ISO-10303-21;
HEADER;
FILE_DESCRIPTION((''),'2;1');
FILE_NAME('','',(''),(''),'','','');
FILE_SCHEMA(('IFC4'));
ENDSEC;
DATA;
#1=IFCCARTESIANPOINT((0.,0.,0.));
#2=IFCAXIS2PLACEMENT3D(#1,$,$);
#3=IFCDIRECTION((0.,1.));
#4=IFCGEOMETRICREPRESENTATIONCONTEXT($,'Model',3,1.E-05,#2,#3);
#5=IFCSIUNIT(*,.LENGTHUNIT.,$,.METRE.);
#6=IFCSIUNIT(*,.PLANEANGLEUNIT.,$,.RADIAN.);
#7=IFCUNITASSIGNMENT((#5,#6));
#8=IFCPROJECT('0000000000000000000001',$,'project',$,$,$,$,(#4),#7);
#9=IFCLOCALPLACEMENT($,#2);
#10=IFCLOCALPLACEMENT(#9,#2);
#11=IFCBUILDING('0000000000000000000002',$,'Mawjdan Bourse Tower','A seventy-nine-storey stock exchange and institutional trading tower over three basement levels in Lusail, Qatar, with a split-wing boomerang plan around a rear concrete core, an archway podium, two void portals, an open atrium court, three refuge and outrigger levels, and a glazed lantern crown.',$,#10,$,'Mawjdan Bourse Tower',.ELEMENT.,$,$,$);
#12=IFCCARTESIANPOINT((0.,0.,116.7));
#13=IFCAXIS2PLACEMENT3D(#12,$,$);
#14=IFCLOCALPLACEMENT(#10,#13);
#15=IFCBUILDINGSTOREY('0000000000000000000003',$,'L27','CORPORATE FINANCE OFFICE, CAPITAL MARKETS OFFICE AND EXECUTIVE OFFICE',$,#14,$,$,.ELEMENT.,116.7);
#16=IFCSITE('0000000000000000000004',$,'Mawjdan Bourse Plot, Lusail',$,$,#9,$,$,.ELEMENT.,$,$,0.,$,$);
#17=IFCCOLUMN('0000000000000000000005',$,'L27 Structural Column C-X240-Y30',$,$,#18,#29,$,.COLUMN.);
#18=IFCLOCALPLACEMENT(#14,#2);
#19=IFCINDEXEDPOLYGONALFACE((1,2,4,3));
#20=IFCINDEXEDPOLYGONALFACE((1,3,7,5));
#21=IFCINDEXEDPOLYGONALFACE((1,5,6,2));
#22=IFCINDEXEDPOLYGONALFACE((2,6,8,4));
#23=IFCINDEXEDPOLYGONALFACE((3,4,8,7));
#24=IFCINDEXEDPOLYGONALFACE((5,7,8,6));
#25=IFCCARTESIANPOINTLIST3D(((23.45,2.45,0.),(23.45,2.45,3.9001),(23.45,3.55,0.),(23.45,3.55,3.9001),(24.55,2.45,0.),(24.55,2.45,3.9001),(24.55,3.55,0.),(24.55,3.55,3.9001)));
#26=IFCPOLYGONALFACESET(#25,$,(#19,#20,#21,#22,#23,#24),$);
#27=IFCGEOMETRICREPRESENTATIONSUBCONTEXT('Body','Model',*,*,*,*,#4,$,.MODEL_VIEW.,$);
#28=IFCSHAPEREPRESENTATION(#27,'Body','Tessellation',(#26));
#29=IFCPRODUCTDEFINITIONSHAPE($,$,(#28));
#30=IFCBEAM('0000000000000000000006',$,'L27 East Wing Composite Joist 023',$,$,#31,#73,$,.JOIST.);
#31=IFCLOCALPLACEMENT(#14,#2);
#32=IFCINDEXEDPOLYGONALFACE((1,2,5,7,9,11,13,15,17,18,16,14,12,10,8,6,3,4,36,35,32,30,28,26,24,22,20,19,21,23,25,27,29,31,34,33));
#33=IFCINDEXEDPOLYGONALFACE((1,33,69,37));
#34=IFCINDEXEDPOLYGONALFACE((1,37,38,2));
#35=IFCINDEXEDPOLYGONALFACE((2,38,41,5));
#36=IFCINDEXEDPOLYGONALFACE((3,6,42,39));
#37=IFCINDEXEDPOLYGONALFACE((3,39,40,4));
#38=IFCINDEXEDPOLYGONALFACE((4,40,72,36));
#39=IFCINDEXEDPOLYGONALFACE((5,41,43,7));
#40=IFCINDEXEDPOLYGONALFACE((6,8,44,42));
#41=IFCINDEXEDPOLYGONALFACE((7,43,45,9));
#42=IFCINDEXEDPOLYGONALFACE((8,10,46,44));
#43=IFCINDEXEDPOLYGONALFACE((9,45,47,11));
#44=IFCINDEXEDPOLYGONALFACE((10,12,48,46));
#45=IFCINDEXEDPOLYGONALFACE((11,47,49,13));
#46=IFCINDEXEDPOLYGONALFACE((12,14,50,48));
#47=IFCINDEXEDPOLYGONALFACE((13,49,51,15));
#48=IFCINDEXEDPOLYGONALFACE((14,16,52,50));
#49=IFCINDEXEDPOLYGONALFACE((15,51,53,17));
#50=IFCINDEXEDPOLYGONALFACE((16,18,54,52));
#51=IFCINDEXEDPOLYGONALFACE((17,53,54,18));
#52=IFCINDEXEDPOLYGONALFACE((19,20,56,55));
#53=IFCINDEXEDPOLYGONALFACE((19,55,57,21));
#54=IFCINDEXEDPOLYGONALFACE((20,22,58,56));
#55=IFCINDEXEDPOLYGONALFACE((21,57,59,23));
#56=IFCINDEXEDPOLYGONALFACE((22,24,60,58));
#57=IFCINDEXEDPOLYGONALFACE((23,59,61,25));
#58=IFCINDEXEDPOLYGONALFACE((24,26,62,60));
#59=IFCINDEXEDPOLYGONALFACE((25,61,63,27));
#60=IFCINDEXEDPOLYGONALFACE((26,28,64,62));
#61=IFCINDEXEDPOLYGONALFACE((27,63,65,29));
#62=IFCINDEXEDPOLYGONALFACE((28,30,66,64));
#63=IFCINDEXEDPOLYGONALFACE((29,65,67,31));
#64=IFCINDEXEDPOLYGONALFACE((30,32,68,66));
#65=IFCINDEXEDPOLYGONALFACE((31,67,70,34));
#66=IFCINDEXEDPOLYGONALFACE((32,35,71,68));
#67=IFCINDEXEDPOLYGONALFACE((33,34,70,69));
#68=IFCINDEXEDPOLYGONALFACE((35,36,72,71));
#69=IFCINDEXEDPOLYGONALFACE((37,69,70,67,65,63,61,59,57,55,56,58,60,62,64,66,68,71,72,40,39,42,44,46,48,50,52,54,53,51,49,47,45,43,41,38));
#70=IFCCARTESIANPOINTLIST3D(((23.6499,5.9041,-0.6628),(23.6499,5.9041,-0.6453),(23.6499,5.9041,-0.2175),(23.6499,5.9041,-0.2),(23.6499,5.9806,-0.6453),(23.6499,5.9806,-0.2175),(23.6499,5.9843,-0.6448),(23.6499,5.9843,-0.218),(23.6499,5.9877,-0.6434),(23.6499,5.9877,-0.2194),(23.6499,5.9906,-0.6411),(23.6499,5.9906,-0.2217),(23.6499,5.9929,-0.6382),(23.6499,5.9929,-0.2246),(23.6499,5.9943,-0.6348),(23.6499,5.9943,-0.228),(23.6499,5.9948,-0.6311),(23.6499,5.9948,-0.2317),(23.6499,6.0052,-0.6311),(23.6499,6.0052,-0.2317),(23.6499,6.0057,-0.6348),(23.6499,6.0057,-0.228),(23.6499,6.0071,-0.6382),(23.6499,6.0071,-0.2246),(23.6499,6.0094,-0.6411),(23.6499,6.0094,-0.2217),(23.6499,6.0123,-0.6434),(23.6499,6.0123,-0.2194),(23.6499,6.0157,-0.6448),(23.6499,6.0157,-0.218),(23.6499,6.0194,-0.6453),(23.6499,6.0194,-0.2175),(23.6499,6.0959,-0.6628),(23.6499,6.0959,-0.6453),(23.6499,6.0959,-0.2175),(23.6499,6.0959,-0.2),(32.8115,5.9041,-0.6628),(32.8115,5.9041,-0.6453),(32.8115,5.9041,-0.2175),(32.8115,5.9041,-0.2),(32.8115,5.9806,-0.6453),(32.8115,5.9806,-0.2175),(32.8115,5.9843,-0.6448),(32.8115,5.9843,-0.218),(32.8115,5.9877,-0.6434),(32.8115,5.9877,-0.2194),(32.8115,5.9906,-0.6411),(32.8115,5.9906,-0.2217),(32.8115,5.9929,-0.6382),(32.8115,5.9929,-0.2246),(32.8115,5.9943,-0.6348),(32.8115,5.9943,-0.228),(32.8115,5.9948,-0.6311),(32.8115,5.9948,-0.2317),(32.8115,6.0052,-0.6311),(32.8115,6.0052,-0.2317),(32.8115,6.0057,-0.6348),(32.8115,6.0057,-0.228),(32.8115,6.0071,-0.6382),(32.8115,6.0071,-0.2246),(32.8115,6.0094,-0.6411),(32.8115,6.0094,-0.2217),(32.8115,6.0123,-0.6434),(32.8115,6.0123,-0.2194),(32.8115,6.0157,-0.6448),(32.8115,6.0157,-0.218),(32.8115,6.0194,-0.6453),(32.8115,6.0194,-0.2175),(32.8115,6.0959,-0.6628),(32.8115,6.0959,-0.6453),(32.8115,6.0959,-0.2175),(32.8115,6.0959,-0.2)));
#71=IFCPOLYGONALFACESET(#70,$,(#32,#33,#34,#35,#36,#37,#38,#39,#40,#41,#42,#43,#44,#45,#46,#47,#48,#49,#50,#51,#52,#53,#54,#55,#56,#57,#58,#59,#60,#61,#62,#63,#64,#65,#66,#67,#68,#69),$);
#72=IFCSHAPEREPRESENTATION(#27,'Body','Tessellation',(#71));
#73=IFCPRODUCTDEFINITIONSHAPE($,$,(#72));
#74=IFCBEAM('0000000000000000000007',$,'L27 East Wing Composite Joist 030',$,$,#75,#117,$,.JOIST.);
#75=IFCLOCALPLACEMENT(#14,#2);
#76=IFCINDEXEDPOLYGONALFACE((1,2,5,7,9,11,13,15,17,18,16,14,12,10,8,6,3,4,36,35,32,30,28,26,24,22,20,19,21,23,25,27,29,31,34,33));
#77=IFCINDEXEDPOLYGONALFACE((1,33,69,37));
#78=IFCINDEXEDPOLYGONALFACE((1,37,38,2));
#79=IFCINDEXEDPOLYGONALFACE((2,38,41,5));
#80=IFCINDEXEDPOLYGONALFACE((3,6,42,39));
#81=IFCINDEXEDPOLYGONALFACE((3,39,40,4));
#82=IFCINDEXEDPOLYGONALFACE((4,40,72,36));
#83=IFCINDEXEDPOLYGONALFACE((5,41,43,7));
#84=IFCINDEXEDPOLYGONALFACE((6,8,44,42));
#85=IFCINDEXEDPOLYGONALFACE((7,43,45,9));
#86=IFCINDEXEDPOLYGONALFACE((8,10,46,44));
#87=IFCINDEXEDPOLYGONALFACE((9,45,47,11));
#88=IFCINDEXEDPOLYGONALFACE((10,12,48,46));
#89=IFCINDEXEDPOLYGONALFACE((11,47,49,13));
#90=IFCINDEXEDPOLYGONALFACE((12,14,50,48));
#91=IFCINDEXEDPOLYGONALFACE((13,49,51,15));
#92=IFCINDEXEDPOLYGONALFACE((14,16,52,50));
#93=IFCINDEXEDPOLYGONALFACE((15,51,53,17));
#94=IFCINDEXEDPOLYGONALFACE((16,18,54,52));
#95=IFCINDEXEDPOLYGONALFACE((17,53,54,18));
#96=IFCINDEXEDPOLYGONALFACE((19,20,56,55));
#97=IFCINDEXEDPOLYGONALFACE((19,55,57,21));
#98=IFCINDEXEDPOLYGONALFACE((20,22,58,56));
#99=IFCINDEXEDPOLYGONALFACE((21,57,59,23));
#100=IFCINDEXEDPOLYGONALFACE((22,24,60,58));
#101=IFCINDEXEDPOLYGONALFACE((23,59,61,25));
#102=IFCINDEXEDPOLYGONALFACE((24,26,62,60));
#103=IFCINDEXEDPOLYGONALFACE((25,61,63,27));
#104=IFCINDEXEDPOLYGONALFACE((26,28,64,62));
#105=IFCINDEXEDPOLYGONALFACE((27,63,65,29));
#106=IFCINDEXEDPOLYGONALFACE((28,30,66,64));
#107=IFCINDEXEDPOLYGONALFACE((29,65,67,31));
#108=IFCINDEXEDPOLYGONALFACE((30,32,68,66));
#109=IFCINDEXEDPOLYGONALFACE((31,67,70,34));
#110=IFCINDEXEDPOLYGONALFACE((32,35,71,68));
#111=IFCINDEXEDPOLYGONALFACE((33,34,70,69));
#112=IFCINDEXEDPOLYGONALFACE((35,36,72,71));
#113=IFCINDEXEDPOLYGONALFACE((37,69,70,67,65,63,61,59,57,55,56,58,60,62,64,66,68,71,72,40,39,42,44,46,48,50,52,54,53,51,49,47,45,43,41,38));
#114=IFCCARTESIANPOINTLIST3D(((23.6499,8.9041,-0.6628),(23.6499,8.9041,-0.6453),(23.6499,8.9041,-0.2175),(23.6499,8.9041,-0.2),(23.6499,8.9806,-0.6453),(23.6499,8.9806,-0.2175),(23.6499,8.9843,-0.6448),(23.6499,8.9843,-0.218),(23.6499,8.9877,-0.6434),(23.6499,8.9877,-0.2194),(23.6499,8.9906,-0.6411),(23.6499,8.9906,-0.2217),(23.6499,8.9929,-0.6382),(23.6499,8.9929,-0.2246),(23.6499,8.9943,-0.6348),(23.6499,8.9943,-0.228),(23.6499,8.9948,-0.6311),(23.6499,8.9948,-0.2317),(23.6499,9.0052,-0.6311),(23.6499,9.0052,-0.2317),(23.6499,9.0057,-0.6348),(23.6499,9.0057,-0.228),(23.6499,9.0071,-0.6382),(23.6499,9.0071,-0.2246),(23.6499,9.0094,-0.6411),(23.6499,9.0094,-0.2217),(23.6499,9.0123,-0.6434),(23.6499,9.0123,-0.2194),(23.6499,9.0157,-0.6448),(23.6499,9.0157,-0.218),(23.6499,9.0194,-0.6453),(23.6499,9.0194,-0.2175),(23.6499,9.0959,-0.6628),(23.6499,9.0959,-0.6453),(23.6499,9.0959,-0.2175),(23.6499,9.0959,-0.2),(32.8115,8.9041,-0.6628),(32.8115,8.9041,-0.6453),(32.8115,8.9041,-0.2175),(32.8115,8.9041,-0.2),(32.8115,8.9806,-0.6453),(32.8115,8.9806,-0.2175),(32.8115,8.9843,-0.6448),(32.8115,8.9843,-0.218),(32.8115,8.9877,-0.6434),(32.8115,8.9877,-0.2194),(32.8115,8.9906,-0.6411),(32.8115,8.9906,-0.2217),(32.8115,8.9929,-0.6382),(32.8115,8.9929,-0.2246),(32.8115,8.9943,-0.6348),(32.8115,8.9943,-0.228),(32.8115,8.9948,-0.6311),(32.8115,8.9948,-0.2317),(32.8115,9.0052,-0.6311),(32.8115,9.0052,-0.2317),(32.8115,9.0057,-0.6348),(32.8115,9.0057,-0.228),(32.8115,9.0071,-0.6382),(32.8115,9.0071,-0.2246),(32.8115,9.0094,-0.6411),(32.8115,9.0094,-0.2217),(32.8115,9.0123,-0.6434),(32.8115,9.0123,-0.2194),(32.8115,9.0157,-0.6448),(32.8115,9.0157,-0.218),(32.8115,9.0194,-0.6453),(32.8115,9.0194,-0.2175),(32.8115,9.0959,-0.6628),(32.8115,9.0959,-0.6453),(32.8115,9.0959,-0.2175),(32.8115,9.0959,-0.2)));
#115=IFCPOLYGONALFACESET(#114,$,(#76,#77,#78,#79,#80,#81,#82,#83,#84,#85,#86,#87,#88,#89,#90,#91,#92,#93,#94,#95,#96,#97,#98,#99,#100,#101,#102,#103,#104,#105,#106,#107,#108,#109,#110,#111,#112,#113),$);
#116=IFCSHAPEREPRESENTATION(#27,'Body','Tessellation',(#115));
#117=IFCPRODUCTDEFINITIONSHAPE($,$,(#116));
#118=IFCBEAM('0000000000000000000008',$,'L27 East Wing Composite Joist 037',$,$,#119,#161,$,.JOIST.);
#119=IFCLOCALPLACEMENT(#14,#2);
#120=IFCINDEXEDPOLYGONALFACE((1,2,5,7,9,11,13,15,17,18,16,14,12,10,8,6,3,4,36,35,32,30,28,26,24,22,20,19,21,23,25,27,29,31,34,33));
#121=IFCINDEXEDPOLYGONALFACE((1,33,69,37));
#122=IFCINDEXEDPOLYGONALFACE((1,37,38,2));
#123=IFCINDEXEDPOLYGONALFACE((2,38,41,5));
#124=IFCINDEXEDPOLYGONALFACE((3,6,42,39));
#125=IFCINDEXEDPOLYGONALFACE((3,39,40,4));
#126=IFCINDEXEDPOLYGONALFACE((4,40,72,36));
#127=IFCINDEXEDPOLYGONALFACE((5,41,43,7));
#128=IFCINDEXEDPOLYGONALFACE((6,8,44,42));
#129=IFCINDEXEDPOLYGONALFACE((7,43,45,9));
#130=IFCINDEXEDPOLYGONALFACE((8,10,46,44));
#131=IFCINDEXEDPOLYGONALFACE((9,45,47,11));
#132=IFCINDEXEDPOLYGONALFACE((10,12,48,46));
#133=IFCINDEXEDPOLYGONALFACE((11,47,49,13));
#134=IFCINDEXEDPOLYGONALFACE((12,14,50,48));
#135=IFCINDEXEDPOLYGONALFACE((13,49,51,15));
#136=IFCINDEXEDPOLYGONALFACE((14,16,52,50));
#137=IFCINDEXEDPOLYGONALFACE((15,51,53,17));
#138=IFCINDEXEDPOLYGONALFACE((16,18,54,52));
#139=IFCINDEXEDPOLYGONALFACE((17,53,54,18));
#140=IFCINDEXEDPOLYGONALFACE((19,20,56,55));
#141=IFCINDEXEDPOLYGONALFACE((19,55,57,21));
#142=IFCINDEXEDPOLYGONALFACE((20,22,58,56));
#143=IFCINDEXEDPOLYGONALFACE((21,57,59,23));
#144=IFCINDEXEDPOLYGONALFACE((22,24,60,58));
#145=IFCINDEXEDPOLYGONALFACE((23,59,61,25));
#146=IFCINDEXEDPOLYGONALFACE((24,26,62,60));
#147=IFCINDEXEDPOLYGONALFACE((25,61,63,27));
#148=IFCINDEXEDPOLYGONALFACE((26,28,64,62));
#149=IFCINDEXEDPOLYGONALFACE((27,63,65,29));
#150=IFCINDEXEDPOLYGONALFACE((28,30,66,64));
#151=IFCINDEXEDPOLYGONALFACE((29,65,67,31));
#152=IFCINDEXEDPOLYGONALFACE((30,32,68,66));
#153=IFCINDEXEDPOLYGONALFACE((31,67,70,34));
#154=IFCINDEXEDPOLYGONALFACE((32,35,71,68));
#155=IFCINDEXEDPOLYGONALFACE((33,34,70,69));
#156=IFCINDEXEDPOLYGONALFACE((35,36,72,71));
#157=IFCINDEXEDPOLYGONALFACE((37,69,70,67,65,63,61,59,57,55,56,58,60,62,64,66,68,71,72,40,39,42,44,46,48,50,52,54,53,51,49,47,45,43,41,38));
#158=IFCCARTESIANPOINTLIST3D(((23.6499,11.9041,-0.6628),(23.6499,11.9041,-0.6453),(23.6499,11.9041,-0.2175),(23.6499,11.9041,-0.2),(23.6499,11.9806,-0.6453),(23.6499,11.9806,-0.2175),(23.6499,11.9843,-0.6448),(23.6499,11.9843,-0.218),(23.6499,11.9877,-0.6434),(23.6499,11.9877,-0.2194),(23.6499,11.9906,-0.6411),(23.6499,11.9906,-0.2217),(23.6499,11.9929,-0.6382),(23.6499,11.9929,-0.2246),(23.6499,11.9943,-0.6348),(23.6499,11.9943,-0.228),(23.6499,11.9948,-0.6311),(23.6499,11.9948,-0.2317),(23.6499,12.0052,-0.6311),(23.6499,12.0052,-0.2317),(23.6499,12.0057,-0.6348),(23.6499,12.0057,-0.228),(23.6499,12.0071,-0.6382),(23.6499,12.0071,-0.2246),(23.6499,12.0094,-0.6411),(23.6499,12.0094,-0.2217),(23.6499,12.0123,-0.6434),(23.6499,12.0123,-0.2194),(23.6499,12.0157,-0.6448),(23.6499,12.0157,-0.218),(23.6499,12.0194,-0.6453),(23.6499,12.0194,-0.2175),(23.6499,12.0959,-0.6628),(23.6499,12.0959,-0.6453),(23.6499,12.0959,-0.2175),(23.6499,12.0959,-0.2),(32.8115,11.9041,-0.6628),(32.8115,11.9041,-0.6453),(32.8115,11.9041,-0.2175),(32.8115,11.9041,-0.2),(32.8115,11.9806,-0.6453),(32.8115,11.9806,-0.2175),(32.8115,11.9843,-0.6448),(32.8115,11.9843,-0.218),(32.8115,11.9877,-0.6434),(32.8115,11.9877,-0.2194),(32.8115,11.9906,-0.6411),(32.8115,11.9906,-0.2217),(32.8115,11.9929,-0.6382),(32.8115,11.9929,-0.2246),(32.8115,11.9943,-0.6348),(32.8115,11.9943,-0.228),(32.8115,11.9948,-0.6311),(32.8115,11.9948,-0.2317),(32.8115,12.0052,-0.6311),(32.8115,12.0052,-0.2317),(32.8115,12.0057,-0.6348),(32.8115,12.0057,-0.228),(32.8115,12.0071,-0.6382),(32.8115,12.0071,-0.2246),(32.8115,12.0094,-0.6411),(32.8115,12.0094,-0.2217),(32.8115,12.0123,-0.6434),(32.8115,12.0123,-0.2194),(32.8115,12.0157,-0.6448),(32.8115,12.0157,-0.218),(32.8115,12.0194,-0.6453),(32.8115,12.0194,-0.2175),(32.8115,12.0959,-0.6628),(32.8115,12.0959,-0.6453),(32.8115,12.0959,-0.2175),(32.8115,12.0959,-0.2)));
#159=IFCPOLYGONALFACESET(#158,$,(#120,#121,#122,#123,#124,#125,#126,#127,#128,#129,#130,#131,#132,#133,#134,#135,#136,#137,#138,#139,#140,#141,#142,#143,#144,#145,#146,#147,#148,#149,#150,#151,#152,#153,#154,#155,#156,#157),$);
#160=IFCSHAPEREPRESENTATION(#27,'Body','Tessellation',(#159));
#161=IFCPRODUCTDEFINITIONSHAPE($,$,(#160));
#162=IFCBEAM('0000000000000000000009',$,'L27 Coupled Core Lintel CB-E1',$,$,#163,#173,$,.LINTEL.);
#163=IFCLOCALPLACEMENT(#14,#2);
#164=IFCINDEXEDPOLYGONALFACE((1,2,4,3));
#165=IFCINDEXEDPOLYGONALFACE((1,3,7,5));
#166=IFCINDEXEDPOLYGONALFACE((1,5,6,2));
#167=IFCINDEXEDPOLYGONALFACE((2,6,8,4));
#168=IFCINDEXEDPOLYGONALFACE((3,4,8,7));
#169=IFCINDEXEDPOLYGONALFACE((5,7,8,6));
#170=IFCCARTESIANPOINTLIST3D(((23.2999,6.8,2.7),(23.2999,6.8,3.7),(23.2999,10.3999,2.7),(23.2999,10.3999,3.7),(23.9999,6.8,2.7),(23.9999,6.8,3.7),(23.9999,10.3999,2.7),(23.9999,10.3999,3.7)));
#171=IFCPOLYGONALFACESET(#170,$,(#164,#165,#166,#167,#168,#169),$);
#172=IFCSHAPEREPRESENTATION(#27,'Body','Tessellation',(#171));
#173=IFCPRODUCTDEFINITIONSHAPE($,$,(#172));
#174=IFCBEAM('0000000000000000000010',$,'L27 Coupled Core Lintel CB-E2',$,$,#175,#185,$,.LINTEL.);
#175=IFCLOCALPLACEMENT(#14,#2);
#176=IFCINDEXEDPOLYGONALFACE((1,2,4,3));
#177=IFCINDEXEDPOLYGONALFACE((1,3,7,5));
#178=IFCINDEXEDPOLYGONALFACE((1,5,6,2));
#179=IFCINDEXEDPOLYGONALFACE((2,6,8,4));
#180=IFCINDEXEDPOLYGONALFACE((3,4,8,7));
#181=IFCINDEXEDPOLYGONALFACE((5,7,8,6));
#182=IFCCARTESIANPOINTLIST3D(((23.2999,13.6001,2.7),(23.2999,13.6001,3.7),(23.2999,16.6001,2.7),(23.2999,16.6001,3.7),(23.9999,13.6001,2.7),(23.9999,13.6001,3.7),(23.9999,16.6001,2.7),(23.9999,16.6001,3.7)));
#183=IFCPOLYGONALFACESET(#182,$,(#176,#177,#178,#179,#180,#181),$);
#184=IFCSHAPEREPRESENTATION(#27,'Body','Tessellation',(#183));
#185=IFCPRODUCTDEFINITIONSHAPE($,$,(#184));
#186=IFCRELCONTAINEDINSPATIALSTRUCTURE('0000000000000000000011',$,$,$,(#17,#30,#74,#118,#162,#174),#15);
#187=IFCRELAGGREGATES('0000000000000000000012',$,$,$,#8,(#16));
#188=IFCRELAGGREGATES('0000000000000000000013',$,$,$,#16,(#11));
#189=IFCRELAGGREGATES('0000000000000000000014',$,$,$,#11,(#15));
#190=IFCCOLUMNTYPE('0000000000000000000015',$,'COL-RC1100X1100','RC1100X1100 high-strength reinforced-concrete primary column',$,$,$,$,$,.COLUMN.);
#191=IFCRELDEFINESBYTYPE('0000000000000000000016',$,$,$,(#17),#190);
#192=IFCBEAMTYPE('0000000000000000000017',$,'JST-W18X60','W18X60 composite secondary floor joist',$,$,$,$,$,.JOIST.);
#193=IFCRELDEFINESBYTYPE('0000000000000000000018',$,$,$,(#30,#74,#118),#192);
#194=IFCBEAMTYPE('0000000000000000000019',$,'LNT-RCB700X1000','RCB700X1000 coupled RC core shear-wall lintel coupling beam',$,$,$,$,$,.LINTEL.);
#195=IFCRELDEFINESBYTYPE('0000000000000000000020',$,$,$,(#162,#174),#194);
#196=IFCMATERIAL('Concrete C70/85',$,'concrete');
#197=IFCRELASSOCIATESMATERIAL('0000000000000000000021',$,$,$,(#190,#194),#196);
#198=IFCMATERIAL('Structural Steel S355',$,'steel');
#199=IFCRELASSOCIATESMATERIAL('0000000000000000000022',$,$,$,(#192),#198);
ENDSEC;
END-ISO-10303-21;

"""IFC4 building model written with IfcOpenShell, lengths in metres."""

from ifc_helpers import new_model, si_unit, direction, frame, origin, origin_2d, place, context, subcontext, project, spatial, rectangle, i_section, extrude, material, material_profile, profile_set, type_object, element, save


model = new_model("IFC4")

# Units and contexts
model_context = context("Model", 3, precision=1e-05, world=origin(), true_north=direction((0.0, 1.0)))
body_context = subcontext(model_context, "Body", "Model", "MODEL_VIEW")
ifc_project = project(units=[si_unit("LENGTHUNIT", "METRE"), si_unit("PLANEANGLEUNIT", "RADIAN")], contexts=[model_context])

# Site, building, storey
site_placement = place(None, origin())
site = spatial("IfcSite", under=ifc_project, at=site_placement, Name="Mawjdan Bourse Plot, Lusail", CompositionType="ELEMENT", RefElevation=0.0)
building_placement = place(site_placement, origin())
building = spatial("IfcBuilding", under=site, at=building_placement, Name="Mawjdan Bourse Tower", Description="A seventy-nine-storey stock exchange and institutional trading tower over three basement levels in Lusail, Qatar, with a split-wing boomerang plan around a rear concrete core, an archway podium, two void portals, an open atrium court, three refuge and outrigger levels, and a glazed lantern crown.", LongName="Mawjdan Bourse Tower", CompositionType="ELEMENT")
storey_placement = place(building_placement, frame((0.0, 0.0, 116.7)))
storey = spatial("IfcBuildingStorey", under=building, at=storey_placement, Name="L27", Description="CORPORATE FINANCE OFFICE, CAPITAL MARKETS OFFICE AND EXECUTIVE OFFICE", CompositionType="ELEMENT", Elevation=116.7)

# Column
ifc_material_1 = material(Name="Concrete C70/85", Category="concrete")
ifc_material_profile_1 = material_profile(ifc_material_1, rectangle(XDim=1.1001, YDim=1.1001, at=origin_2d()), Name="RC1100X1100")
ifc_profile_set_1 = profile_set([ifc_material_profile_1], Name="Concrete C70/85")
column_type = type_object("IfcColumnType", Name="COL-RC1100X1100", Description="RC1100X1100 high-strength reinforced-concrete primary column", PredefinedType="COLUMN", material=ifc_profile_set_1)
column_placement = place(storey_placement, frame((24.0, 3.0, 0.0), z_axis=(0.0, 0.0, 1.0), x_axis=(1.0, 0.0, 0.0)))
element("IfcColumn", 1, at=column_placement, inside=storey, type_object=column_type, Name="L27 Structural Column C-X240-Y30", PredefinedType="COLUMN", context=body_context, shape_type="SweptSolid", body=[
    extrude(rectangle(XDim=1.1001, YDim=1.1001, at=origin_2d()), origin(), (0.0, 0.0, 1.0), 3.9001),
])

# Beams
ifc_material_2 = material(Name="Structural Steel S355", Category="steel")
ifc_material_profile_2 = material_profile(ifc_material_2, i_section(OverallWidth=0.1919, OverallDepth=0.4629, WebThickness=0.0105, FlangeThickness=0.0176, FilletRadius=0.0142, at=origin_2d()), Name="W18X60")
ifc_profile_set_2 = profile_set([ifc_material_profile_2], Name="Structural Steel S355")
beam_type_1 = type_object("IfcBeamType", Name="JST-W18X60", Description="W18X60 composite secondary floor joist", PredefinedType="JOIST", material=ifc_profile_set_2)
for number, where, z_axis, x_axis, name in (
    (2, (23.6499, 6.0, -0.4314), (1.0, 0.0, 0.0), (0.0, 1.0, 0.0), "L27 East Wing Composite Joist 023"),
    (3, (23.6499, 9.0, -0.4314), (1.0, 0.0, 0.0), (0.0, 1.0, 0.0), "L27 East Wing Composite Joist 030"),
    (4, (23.6499, 12.0, -0.4314), (1.0, 0.0, 0.0), (0.0, 1.0, 0.0), "L27 East Wing Composite Joist 037"),
):
    element("IfcBeam", number, at=place(storey_placement, frame(where, z_axis=z_axis, x_axis=x_axis)), inside=storey, type_object=beam_type_1, Name=name, PredefinedType="JOIST", context=body_context, shape_type="SweptSolid", body=[
        extrude(i_section(OverallWidth=0.1919, OverallDepth=0.4629, WebThickness=0.0105, FlangeThickness=0.0176, FilletRadius=0.0142, at=origin_2d()), origin(), (0.0, 0.0, 1.0), 9.1616),
    ])
ifc_material_profile_3 = material_profile(ifc_material_1, rectangle(XDim=0.7, YDim=1.0, at=origin_2d()), Name="RCB700X1000")
ifc_profile_set_3 = profile_set([ifc_material_profile_3], Name="Concrete C70/85")
beam_type_2 = type_object("IfcBeamType", Name="LNT-RCB700X1000", Description="RCB700X1000 coupled RC core shear-wall lintel coupling beam", PredefinedType="LINTEL", material=ifc_profile_set_3)
beam_1_placement = place(storey_placement, frame((23.6499, 6.8, 3.2), z_axis=(0.0, 1.0, 0.0), x_axis=(-1.0, 0.0, 0.0)))
element("IfcBeam", 5, at=beam_1_placement, inside=storey, type_object=beam_type_2, Name="L27 Coupled Core Lintel CB-E1", PredefinedType="LINTEL", context=body_context, shape_type="SweptSolid", body=[
    extrude(rectangle(XDim=0.7, YDim=1.0, at=origin_2d()), origin(), (0.0, 0.0, 1.0), 3.5999),
])
beam_2_placement = place(storey_placement, frame((23.6499, 13.6001, 3.2), z_axis=(0.0, 1.0, 0.0), x_axis=(-1.0, 0.0, 0.0)))
element("IfcBeam", 6, at=beam_2_placement, inside=storey, type_object=beam_type_2, Name="L27 Coupled Core Lintel CB-E2", PredefinedType="LINTEL", context=body_context, shape_type="SweptSolid", body=[
    extrude(rectangle(XDim=0.7, YDim=1.0, at=origin_2d()), origin(), (0.0, 0.0, 1.0), 3.0),
])

save(model, "model.ifc")
